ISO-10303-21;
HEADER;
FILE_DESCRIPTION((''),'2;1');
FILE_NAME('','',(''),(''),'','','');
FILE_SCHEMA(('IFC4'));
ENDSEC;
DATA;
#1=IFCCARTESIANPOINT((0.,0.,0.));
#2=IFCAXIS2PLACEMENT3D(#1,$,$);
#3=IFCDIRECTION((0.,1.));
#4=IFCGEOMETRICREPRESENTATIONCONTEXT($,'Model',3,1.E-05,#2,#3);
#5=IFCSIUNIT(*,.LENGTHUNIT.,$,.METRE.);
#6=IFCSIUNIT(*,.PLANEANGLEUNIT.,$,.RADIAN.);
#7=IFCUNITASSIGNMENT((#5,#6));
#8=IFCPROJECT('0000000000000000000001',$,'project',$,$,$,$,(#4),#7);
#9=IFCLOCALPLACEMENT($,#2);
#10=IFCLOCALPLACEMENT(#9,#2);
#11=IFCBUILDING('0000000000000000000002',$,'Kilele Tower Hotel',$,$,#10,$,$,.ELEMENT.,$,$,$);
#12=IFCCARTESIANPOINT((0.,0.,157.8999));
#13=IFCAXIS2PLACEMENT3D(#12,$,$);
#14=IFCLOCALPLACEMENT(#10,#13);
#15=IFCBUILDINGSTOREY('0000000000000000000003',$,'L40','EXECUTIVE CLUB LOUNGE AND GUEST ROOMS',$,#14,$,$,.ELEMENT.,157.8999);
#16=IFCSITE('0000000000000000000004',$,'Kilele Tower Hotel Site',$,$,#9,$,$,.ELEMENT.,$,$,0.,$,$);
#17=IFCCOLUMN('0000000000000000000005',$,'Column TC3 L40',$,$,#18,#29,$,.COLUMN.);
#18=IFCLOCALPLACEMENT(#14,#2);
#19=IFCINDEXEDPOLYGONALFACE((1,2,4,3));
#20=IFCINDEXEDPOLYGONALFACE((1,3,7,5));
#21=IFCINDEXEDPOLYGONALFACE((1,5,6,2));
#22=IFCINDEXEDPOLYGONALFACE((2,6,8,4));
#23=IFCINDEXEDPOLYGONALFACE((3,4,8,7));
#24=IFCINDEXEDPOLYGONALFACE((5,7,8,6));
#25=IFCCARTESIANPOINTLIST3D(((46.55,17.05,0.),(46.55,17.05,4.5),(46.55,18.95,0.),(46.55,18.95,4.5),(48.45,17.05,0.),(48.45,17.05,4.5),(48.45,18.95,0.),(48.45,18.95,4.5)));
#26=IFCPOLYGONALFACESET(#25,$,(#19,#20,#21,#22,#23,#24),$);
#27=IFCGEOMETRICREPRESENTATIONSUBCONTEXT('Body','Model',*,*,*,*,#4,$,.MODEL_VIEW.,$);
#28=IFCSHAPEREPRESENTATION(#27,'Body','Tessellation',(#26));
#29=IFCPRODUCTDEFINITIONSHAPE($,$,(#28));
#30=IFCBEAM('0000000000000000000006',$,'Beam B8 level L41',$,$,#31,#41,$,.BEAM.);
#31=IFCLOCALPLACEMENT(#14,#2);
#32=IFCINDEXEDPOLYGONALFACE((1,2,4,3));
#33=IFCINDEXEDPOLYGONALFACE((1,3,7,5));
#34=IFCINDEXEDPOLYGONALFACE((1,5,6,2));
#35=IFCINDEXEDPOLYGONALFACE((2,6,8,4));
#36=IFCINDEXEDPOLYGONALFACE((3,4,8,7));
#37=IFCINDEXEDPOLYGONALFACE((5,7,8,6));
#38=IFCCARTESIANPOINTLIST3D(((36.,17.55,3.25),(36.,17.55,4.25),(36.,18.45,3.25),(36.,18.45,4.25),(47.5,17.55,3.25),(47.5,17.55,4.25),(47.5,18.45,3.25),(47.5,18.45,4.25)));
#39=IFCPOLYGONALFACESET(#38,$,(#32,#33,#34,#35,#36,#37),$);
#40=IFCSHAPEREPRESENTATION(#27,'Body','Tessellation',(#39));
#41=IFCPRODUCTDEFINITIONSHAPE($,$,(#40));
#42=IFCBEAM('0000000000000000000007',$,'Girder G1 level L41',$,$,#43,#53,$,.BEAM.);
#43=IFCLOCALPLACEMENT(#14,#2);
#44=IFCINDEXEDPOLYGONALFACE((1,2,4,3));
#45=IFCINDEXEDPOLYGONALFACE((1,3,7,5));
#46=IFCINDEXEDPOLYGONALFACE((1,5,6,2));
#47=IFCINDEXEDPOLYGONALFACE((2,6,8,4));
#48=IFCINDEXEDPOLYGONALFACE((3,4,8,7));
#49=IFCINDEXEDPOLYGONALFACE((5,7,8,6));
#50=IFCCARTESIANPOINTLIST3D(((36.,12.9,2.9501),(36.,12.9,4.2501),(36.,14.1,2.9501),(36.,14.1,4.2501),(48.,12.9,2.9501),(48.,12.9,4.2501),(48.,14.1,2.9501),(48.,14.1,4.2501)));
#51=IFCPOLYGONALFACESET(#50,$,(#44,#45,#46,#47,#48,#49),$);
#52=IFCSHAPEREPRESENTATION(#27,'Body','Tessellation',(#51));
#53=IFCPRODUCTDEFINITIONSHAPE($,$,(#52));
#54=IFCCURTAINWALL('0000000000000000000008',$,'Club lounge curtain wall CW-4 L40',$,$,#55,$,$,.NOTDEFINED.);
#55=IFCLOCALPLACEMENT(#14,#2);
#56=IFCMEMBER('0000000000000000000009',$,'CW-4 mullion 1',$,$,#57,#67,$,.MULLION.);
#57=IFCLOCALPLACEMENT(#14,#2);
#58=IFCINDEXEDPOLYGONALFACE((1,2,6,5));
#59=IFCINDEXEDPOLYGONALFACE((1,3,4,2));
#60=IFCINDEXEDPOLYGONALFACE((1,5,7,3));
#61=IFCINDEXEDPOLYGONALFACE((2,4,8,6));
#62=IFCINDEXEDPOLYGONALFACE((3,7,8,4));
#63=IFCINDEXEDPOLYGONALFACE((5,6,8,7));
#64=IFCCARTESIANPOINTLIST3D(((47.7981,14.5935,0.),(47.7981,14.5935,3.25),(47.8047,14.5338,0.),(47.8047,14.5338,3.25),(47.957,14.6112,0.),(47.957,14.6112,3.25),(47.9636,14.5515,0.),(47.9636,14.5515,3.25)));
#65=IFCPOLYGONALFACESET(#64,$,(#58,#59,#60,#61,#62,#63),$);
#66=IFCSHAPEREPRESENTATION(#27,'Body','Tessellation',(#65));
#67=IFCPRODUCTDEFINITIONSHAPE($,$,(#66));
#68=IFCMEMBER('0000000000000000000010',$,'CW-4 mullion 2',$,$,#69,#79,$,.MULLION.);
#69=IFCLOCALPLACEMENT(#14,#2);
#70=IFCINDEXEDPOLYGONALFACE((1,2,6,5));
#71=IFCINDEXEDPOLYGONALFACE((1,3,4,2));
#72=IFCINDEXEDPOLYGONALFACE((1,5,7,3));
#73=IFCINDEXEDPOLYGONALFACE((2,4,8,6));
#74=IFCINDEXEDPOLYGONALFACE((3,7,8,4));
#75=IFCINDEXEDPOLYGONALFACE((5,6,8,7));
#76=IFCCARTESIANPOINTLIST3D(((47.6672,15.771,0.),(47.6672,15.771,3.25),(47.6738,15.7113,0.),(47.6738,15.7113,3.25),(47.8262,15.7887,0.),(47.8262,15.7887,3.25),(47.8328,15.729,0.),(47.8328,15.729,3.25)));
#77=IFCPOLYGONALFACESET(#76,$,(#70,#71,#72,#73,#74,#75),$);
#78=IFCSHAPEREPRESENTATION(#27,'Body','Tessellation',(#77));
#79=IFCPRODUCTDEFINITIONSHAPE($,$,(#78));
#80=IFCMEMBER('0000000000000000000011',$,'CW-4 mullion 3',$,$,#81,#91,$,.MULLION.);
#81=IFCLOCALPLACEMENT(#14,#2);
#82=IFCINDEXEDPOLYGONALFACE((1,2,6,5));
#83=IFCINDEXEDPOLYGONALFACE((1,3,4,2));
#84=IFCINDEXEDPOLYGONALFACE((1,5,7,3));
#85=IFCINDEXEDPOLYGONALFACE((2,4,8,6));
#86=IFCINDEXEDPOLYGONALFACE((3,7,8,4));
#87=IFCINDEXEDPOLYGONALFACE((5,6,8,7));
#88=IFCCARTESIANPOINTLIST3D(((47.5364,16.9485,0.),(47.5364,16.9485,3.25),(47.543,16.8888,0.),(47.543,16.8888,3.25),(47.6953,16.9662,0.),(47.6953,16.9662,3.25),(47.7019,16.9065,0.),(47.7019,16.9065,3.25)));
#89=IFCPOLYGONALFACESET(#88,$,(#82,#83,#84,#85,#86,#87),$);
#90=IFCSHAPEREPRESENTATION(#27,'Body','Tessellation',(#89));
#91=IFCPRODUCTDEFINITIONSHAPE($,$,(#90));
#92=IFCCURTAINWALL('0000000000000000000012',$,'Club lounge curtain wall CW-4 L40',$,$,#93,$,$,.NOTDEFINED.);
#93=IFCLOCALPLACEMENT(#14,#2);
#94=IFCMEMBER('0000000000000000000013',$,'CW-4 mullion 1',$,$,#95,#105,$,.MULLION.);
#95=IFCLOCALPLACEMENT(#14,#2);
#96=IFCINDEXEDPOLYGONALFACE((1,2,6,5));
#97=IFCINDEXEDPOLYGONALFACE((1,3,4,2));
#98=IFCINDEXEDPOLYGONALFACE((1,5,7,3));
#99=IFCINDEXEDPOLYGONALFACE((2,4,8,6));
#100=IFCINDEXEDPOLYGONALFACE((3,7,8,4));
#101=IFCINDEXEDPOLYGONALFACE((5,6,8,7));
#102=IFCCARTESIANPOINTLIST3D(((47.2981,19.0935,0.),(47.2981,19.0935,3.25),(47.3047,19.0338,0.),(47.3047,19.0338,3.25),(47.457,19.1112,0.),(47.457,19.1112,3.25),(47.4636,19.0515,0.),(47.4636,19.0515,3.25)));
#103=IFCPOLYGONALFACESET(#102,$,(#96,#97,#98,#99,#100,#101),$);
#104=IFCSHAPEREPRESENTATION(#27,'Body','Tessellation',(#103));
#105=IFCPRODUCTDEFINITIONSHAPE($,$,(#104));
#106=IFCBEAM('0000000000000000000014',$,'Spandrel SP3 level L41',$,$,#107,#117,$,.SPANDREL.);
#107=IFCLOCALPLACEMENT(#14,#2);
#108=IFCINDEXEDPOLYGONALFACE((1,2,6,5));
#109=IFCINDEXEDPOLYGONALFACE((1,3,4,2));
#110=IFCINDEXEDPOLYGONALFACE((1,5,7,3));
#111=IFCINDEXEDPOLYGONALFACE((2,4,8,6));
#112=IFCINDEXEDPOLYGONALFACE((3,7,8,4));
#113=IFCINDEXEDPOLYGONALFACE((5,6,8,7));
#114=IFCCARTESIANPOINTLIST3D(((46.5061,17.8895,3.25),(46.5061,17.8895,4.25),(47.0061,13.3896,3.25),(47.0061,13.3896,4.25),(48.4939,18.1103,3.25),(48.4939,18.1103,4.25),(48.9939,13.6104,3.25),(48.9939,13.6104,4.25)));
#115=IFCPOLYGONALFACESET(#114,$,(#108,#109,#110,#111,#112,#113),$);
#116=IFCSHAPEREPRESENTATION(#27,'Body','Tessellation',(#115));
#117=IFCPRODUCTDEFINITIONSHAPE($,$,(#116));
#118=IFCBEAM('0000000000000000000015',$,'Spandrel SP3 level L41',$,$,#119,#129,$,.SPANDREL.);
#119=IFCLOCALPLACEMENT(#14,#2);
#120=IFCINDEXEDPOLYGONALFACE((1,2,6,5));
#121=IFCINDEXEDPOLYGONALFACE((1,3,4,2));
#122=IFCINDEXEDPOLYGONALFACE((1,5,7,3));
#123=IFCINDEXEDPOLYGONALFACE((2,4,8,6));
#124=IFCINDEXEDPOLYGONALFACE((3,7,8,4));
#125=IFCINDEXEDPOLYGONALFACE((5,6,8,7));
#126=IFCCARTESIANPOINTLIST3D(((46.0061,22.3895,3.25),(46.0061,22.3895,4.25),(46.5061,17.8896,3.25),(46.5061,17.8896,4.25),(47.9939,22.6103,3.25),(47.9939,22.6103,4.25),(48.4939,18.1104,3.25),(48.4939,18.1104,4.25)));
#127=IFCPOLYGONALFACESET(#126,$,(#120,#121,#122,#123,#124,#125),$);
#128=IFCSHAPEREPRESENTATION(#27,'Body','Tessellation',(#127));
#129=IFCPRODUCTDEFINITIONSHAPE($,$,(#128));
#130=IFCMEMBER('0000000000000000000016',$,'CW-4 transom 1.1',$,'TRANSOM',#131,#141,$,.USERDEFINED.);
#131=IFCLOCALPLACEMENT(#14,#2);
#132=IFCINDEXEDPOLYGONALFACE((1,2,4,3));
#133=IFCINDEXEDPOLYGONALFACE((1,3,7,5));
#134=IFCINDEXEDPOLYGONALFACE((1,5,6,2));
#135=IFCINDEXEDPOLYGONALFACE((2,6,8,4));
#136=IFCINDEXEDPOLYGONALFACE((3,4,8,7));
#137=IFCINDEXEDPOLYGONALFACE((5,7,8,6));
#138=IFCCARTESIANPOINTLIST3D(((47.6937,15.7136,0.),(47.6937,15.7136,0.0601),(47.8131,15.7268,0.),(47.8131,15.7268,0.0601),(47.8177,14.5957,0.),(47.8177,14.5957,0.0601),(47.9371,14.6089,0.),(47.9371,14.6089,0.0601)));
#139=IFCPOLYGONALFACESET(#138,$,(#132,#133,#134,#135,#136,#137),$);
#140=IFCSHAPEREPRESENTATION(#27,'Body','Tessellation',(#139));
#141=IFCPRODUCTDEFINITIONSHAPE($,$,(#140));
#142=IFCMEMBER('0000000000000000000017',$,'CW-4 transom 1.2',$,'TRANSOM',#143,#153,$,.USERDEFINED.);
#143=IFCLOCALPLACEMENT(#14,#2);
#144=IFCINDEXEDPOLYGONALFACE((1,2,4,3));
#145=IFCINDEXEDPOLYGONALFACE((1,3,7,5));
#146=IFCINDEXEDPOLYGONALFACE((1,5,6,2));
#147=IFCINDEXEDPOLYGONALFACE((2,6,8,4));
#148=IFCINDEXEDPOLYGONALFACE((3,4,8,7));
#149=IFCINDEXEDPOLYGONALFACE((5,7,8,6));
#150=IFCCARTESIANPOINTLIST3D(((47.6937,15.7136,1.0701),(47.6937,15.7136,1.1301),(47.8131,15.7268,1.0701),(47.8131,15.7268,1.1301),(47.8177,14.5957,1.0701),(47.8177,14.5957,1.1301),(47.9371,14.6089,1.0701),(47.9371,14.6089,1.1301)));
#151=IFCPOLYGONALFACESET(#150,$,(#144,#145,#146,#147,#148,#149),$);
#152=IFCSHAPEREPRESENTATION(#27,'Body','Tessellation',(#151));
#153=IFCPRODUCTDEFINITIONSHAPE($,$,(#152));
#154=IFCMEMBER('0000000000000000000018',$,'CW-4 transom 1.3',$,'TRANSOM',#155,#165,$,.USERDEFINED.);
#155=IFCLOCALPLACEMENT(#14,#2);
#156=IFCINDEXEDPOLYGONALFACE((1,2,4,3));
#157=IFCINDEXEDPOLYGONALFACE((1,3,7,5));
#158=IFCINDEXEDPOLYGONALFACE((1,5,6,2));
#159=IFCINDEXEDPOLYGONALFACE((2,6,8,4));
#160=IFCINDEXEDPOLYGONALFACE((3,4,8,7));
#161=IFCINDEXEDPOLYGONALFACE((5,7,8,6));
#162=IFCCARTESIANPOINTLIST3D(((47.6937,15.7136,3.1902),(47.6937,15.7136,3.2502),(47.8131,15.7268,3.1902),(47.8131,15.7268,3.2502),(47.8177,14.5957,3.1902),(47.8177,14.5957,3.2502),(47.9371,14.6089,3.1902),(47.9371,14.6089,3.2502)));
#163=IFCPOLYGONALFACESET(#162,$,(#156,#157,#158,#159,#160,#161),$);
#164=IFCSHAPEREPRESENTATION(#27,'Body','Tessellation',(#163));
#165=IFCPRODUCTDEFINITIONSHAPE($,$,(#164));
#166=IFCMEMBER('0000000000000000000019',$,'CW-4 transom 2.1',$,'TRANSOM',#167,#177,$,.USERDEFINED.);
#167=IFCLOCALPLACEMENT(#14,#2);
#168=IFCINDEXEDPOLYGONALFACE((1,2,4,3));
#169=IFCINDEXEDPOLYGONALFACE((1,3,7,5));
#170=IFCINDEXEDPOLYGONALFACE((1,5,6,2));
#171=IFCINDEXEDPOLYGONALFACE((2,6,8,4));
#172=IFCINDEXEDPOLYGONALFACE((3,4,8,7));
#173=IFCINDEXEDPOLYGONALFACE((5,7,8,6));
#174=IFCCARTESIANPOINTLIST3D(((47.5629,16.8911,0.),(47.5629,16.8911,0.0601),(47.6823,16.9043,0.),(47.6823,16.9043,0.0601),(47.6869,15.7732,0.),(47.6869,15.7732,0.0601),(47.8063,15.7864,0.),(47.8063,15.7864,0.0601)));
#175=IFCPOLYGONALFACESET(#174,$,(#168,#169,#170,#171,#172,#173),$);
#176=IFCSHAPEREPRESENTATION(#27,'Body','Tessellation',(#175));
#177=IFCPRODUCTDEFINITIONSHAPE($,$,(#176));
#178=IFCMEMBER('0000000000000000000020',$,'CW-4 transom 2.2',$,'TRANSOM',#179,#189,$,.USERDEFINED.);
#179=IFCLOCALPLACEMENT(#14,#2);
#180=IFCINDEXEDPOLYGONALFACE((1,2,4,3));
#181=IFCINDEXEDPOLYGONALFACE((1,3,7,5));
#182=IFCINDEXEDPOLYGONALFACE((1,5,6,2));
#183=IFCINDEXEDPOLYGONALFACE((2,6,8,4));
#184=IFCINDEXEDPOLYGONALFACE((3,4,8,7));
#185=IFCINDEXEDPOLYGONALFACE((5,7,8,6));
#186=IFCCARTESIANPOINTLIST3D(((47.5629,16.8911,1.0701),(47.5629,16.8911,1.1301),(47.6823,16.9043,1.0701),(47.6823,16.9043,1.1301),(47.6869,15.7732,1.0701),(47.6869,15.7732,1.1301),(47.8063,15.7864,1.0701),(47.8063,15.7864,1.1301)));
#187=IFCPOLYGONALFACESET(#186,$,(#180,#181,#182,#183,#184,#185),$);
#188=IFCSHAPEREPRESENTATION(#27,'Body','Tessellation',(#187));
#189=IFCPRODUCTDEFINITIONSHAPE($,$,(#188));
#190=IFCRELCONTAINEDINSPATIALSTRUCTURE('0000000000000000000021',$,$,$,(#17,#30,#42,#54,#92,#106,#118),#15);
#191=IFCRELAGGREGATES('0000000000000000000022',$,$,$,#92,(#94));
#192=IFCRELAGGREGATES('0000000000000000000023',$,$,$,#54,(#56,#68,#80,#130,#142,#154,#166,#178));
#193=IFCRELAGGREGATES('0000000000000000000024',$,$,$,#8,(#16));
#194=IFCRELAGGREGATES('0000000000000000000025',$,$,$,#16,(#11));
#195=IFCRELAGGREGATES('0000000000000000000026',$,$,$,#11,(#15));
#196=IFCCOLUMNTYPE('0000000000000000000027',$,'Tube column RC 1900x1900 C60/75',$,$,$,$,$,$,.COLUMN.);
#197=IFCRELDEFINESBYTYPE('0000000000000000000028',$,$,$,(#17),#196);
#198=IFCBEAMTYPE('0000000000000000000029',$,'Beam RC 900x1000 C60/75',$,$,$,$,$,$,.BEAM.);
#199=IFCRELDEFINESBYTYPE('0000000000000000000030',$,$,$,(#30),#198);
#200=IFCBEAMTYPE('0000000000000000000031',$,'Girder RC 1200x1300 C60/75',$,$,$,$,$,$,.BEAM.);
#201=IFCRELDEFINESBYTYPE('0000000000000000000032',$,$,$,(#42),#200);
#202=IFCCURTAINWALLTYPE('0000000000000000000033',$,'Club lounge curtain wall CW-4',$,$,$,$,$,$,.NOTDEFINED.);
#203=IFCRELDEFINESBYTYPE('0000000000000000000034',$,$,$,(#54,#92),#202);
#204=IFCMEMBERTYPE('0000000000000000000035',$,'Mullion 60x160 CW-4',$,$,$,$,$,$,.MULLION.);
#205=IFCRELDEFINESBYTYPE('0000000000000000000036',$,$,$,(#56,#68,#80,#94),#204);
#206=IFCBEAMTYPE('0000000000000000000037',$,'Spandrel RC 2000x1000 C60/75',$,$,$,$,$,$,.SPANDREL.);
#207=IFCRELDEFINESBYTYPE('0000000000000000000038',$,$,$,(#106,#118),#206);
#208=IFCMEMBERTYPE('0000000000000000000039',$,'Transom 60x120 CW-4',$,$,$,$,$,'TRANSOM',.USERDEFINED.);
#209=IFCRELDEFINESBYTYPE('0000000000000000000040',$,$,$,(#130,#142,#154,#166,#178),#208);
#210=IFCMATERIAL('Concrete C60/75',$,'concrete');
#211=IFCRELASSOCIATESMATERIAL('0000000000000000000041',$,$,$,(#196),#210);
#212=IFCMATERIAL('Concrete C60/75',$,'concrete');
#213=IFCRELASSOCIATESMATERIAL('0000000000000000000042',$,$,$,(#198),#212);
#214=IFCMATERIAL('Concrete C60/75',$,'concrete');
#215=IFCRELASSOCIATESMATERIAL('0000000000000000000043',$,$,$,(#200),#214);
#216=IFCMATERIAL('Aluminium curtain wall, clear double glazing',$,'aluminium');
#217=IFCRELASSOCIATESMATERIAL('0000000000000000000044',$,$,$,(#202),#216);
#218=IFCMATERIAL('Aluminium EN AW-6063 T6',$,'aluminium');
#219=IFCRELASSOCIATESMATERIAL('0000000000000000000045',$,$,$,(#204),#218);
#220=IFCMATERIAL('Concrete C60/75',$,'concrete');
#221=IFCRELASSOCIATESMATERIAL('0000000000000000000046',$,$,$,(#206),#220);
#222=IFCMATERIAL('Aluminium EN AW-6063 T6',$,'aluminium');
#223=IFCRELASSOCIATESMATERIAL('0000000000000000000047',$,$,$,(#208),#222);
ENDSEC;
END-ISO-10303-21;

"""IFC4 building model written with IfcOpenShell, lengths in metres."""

from ifc_helpers import new_model, si_unit, direction, frame, origin, origin_2d, place, context, subcontext, project, spatial, rectangle, extrude, material, material_profile, profile_set, type_object, element, aggregate, save


model = new_model("IFC4")

# Units and contexts
model_context = context("Model", 3, precision=1e-05, world=origin(), true_north=direction((0.0, 1.0)))
body_context = subcontext(model_context, "Body", "Model", "MODEL_VIEW")
ifc_project = project(units=[si_unit("LENGTHUNIT", "METRE"), si_unit("PLANEANGLEUNIT", "RADIAN")], contexts=[model_context])

# Site, building, storey
site_placement = place(None, origin())
site = spatial("IfcSite", under=ifc_project, at=site_placement, Name="Kilele Tower Hotel Site", CompositionType="ELEMENT", RefElevation=0.0)
building_placement = place(site_placement, origin())
building = spatial("IfcBuilding", under=site, at=building_placement, Name="Kilele Tower Hotel", CompositionType="ELEMENT")
storey_placement = place(building_placement, frame((0.0, 0.0, 157.8999)))
storey = spatial("IfcBuildingStorey", under=building, at=storey_placement, Name="L40", Description="EXECUTIVE CLUB LOUNGE AND GUEST ROOMS", CompositionType="ELEMENT", Elevation=157.8999)

# Column
ifc_material_1 = material(Name="Concrete C60/75", Category="concrete")
ifc_material_profile_1 = material_profile(ifc_material_1, rectangle(XDim=1.8999, YDim=1.8999, at=origin_2d()))
ifc_profile_set_1 = profile_set([ifc_material_profile_1], Name="Concrete C60/75")
column_type = type_object("IfcColumnType", Name="Tube column RC 1900x1900 C60/75", PredefinedType="COLUMN", material=ifc_profile_set_1)
column_placement = place(storey_placement, frame((47.5, 18.0, 0.0), z_axis=(0.0, 0.0, 1.0), x_axis=(1.0, 0.0, 0.0)))
element("IfcColumn", 1, at=column_placement, inside=storey, type_object=column_type, Name="Column TC3 L40", PredefinedType="COLUMN", context=body_context, shape_type="SweptSolid", body=[
    extrude(rectangle(XDim=1.8999, YDim=1.8999, at=origin_2d()), origin(), (0.0, 0.0, 1.0), 4.5),
])

# Beams
ifc_material_2 = material(Name="Concrete C60/75", Category="concrete")
ifc_material_profile_2 = material_profile(ifc_material_2, rectangle(XDim=0.8999, YDim=1.0, at=origin_2d()))
ifc_profile_set_2 = profile_set([ifc_material_profile_2], Name="Concrete C60/75")
beam_type_1 = type_object("IfcBeamType", Name="Beam RC 900x1000 C60/75", PredefinedType="BEAM", material=ifc_profile_set_2)
beam_1_placement = place(storey_placement, frame((47.5, 18.0, 3.75), z_axis=(-1.0, 0.0, 0.0), x_axis=(0.0, -1.0, 0.0)))
element("IfcBeam", 2, at=beam_1_placement, inside=storey, type_object=beam_type_1, Name="Beam B8 level L41", PredefinedType="BEAM", context=body_context, shape_type="SweptSolid", body=[
    extrude(rectangle(XDim=0.8999, YDim=1.0, at=origin_2d()), origin(), (0.0, 0.0, 1.0), 11.5),
])
ifc_material_3 = material(Name="Concrete C60/75", Category="concrete")
ifc_material_profile_3 = material_profile(ifc_material_3, rectangle(XDim=1.2, YDim=1.3, at=origin_2d()))
ifc_profile_set_3 = profile_set([ifc_material_profile_3], Name="Concrete C60/75")
beam_type_2 = type_object("IfcBeamType", Name="Girder RC 1200x1300 C60/75", PredefinedType="BEAM", material=ifc_profile_set_3)
beam_2_placement = place(storey_placement, frame((48.0, 13.5, 3.6001), z_axis=(-1.0, 0.0, 0.0), x_axis=(0.0, -1.0, 0.0)))
element("IfcBeam", 3, at=beam_2_placement, inside=storey, type_object=beam_type_2, Name="Girder G1 level L41", PredefinedType="BEAM", context=body_context, shape_type="SweptSolid", body=[
    extrude(rectangle(XDim=1.2, YDim=1.3, at=origin_2d()), origin(), (0.0, 0.0, 1.0), 12.0),
])

# Curtain wall, members
ifc_material_4 = material(Name="Aluminium curtain wall, clear double glazing", Category="aluminium")
curtain_wall_type = type_object("IfcCurtainWallType", Name="Club lounge curtain wall CW-4", PredefinedType="NOTDEFINED", material=ifc_material_4)
curtain_wall_1_placement = place(storey_placement, origin())
curtain_wall_1 = element("IfcCurtainWall", 4, at=curtain_wall_1_placement, inside=storey, type_object=curtain_wall_type, Name="Club lounge curtain wall CW-4 L40", PredefinedType="NOTDEFINED")
ifc_material_5 = material(Name="Aluminium EN AW-6063 T6", Category="aluminium")
ifc_material_profile_4 = material_profile(ifc_material_5, rectangle(XDim=0.1599, YDim=0.0601, at=origin_2d()))
ifc_profile_set_4 = profile_set([ifc_material_profile_4], Name="Aluminium EN AW-6063 T6")
member_type_1 = type_object("IfcMemberType", Name="Mullion 60x160 CW-4", PredefinedType="MULLION", material=ifc_profile_set_4)
member_1_placement = place(storey_placement, frame((47.8809, 14.5725, 0.0), z_axis=(0.0, 0.0, 1.0), x_axis=(-0.993884, -0.110432, 0.0)))
member_1 = element("IfcMember", 5, at=member_1_placement, type_object=member_type_1, Name="CW-4 mullion 1", PredefinedType="MULLION", context=body_context, shape_type="SweptSolid", body=[
    extrude(rectangle(XDim=0.1599, YDim=0.0601, at=origin_2d()), origin(), (0.0, 0.0, 1.0), 3.25),
])
member_2_placement = place(storey_placement, frame((47.75, 15.75, 0.0), z_axis=(0.0, 0.0, 1.0), x_axis=(-0.993884, -0.110432, 0.0)))
member_2 = element("IfcMember", 6, at=member_2_placement, type_object=member_type_1, Name="CW-4 mullion 2", PredefinedType="MULLION", context=body_context, shape_type="SweptSolid", body=[
    extrude(rectangle(XDim=0.1599, YDim=0.0601, at=origin_2d()), origin(), (0.0, 0.0, 1.0), 3.25),
])
member_3_placement = place(storey_placement, frame((47.6191, 16.9275, 0.0), z_axis=(0.0, 0.0, 1.0), x_axis=(-0.993884, -0.110432, 0.0)))
member_3 = element("IfcMember", 7, at=member_3_placement, type_object=member_type_1, Name="CW-4 mullion 3", PredefinedType="MULLION", context=body_context, shape_type="SweptSolid", body=[
    extrude(rectangle(XDim=0.1599, YDim=0.0601, at=origin_2d()), origin(), (0.0, 0.0, 1.0), 3.25),
])

# Curtain wall, member
curtain_wall_2_placement = place(storey_placement, origin())
curtain_wall_2 = element("IfcCurtainWall", 8, at=curtain_wall_2_placement, inside=storey, type_object=curtain_wall_type, Name="Club lounge curtain wall CW-4 L40", PredefinedType="NOTDEFINED")
member_4_placement = place(storey_placement, frame((47.3809, 19.0725, 0.0), z_axis=(0.0, 0.0, 1.0), x_axis=(-0.993884, -0.110432, 0.0)))
member_4 = element("IfcMember", 9, at=member_4_placement, type_object=member_type_1, Name="CW-4 mullion 1", PredefinedType="MULLION", context=body_context, shape_type="SweptSolid", body=[
    extrude(rectangle(XDim=0.1599, YDim=0.0601, at=origin_2d()), origin(), (0.0, 0.0, 1.0), 3.25),
])

# Beams
ifc_material_6 = material(Name="Concrete C60/75", Category="concrete")
ifc_material_profile_5 = material_profile(ifc_material_6, rectangle(XDim=2.0, YDim=1.0, at=origin_2d()))
ifc_profile_set_5 = profile_set([ifc_material_profile_5], Name="Concrete C60/75")
beam_type_3 = type_object("IfcBeamType", Name="Spandrel RC 2000x1000 C60/75", PredefinedType="SPANDREL", material=ifc_profile_set_5)
for number, where, z_axis, x_axis, name in (
    (10, (48.0, 13.5, 3.75), (-0.110432, 0.993884, 0.0), (-0.993884, -0.110432, 0.0), "Spandrel SP3 level L41"),
    (11, (47.5, 18.0, 3.75), (-0.110432, 0.993884, 0.0), (-0.993884, -0.110432, 0.0), "Spandrel SP3 level L41"),
):
    element("IfcBeam", number, at=place(storey_placement, frame(where, z_axis=z_axis, x_axis=x_axis)), inside=storey, type_object=beam_type_3, Name=name, PredefinedType="SPANDREL", context=body_context, shape_type="SweptSolid", body=[
        extrude(rectangle(XDim=2.0, YDim=1.0, at=origin_2d()), origin(), (0.0, 0.0, 1.0), 4.5276),
    ])

# Members
ifc_material_7 = material(Name="Aluminium EN AW-6063 T6", Category="aluminium")
ifc_material_profile_6 = material_profile(ifc_material_7, rectangle(XDim=0.1201, YDim=0.0601, at=origin_2d()))
ifc_profile_set_6 = profile_set([ifc_material_profile_6], Name="Aluminium EN AW-6063 T6")
member_type_2 = type_object("IfcMemberType", Name="Transom 60x120 CW-4", ElementType="TRANSOM", PredefinedType="USERDEFINED", material=ifc_profile_set_6)
member_5_placement = place(storey_placement, frame((47.8774, 14.6023, 0.03), z_axis=(-0.110265, 0.993902, 0.0), x_axis=(-0.993902, -0.110265, 0.0)))
member_5 = element("IfcMember", 12, at=member_5_placement, type_object=member_type_2, Name="CW-4 transom 1.1", ObjectType="TRANSOM", PredefinedType="USERDEFINED", context=body_context, shape_type="SweptSolid", body=[
    extrude(rectangle(XDim=0.1201, YDim=0.0601, at=origin_2d()), origin(), (0.0, 0.0, 1.0), 1.1248),
])
member_6_placement = place(storey_placement, frame((47.8774, 14.6023, 1.1001), z_axis=(-0.110265, 0.993902, 0.0), x_axis=(-0.993902, -0.110265, 0.0)))
member_6 = element("IfcMember", 13, at=member_6_placement, type_object=member_type_2, Name="CW-4 transom 1.2", ObjectType="TRANSOM", PredefinedType="USERDEFINED", context=body_context, shape_type="SweptSolid", body=[
    extrude(rectangle(XDim=0.1201, YDim=0.0601, at=origin_2d()), origin(), (0.0, 0.0, 1.0), 1.1248),
])
member_7_placement = place(storey_placement, frame((47.8774, 14.6023, 3.2202), z_axis=(-0.110265, 0.993902, 0.0), x_axis=(-0.993902, -0.110265, 0.0)))
member_7 = element("IfcMember", 14, at=member_7_placement, type_object=member_type_2, Name="CW-4 transom 1.3", ObjectType="TRANSOM", PredefinedType="USERDEFINED", context=body_context, shape_type="SweptSolid", body=[
    extrude(rectangle(XDim=0.1201, YDim=0.0601, at=origin_2d()), origin(), (0.0, 0.0, 1.0), 1.1248),
])
member_8_placement = place(storey_placement, frame((47.7466, 15.7798, 0.03), z_axis=(-0.110265, 0.993902, 0.0), x_axis=(-0.993902, -0.110265, 0.0)))
member_8 = element("IfcMember", 15, at=member_8_placement, type_object=member_type_2, Name="CW-4 transom 2.1", ObjectType="TRANSOM", PredefinedType="USERDEFINED", context=body_context, shape_type="SweptSolid", body=[
    extrude(rectangle(XDim=0.1201, YDim=0.0601, at=origin_2d()), origin(), (0.0, 0.0, 1.0), 1.1248),
])
member_9_placement = place(storey_placement, frame((47.7466, 15.7798, 1.1001), z_axis=(-0.110265, 0.993902, 0.0), x_axis=(-0.993902, -0.110265, 0.0)))
member_9 = element("IfcMember", 16, at=member_9_placement, type_object=member_type_2, Name="CW-4 transom 2.2", ObjectType="TRANSOM", PredefinedType="USERDEFINED", context=body_context, shape_type="SweptSolid", body=[
    extrude(rectangle(XDim=0.1201, YDim=0.0601, at=origin_2d()), origin(), (0.0, 0.0, 1.0), 1.1248),
])
aggregate(curtain_wall_2, [member_4])

aggregate(curtain_wall_1, [member_1, member_2, member_3, member_5, member_6, member_7, member_8, member_9])

save(model, "model.ifc")
